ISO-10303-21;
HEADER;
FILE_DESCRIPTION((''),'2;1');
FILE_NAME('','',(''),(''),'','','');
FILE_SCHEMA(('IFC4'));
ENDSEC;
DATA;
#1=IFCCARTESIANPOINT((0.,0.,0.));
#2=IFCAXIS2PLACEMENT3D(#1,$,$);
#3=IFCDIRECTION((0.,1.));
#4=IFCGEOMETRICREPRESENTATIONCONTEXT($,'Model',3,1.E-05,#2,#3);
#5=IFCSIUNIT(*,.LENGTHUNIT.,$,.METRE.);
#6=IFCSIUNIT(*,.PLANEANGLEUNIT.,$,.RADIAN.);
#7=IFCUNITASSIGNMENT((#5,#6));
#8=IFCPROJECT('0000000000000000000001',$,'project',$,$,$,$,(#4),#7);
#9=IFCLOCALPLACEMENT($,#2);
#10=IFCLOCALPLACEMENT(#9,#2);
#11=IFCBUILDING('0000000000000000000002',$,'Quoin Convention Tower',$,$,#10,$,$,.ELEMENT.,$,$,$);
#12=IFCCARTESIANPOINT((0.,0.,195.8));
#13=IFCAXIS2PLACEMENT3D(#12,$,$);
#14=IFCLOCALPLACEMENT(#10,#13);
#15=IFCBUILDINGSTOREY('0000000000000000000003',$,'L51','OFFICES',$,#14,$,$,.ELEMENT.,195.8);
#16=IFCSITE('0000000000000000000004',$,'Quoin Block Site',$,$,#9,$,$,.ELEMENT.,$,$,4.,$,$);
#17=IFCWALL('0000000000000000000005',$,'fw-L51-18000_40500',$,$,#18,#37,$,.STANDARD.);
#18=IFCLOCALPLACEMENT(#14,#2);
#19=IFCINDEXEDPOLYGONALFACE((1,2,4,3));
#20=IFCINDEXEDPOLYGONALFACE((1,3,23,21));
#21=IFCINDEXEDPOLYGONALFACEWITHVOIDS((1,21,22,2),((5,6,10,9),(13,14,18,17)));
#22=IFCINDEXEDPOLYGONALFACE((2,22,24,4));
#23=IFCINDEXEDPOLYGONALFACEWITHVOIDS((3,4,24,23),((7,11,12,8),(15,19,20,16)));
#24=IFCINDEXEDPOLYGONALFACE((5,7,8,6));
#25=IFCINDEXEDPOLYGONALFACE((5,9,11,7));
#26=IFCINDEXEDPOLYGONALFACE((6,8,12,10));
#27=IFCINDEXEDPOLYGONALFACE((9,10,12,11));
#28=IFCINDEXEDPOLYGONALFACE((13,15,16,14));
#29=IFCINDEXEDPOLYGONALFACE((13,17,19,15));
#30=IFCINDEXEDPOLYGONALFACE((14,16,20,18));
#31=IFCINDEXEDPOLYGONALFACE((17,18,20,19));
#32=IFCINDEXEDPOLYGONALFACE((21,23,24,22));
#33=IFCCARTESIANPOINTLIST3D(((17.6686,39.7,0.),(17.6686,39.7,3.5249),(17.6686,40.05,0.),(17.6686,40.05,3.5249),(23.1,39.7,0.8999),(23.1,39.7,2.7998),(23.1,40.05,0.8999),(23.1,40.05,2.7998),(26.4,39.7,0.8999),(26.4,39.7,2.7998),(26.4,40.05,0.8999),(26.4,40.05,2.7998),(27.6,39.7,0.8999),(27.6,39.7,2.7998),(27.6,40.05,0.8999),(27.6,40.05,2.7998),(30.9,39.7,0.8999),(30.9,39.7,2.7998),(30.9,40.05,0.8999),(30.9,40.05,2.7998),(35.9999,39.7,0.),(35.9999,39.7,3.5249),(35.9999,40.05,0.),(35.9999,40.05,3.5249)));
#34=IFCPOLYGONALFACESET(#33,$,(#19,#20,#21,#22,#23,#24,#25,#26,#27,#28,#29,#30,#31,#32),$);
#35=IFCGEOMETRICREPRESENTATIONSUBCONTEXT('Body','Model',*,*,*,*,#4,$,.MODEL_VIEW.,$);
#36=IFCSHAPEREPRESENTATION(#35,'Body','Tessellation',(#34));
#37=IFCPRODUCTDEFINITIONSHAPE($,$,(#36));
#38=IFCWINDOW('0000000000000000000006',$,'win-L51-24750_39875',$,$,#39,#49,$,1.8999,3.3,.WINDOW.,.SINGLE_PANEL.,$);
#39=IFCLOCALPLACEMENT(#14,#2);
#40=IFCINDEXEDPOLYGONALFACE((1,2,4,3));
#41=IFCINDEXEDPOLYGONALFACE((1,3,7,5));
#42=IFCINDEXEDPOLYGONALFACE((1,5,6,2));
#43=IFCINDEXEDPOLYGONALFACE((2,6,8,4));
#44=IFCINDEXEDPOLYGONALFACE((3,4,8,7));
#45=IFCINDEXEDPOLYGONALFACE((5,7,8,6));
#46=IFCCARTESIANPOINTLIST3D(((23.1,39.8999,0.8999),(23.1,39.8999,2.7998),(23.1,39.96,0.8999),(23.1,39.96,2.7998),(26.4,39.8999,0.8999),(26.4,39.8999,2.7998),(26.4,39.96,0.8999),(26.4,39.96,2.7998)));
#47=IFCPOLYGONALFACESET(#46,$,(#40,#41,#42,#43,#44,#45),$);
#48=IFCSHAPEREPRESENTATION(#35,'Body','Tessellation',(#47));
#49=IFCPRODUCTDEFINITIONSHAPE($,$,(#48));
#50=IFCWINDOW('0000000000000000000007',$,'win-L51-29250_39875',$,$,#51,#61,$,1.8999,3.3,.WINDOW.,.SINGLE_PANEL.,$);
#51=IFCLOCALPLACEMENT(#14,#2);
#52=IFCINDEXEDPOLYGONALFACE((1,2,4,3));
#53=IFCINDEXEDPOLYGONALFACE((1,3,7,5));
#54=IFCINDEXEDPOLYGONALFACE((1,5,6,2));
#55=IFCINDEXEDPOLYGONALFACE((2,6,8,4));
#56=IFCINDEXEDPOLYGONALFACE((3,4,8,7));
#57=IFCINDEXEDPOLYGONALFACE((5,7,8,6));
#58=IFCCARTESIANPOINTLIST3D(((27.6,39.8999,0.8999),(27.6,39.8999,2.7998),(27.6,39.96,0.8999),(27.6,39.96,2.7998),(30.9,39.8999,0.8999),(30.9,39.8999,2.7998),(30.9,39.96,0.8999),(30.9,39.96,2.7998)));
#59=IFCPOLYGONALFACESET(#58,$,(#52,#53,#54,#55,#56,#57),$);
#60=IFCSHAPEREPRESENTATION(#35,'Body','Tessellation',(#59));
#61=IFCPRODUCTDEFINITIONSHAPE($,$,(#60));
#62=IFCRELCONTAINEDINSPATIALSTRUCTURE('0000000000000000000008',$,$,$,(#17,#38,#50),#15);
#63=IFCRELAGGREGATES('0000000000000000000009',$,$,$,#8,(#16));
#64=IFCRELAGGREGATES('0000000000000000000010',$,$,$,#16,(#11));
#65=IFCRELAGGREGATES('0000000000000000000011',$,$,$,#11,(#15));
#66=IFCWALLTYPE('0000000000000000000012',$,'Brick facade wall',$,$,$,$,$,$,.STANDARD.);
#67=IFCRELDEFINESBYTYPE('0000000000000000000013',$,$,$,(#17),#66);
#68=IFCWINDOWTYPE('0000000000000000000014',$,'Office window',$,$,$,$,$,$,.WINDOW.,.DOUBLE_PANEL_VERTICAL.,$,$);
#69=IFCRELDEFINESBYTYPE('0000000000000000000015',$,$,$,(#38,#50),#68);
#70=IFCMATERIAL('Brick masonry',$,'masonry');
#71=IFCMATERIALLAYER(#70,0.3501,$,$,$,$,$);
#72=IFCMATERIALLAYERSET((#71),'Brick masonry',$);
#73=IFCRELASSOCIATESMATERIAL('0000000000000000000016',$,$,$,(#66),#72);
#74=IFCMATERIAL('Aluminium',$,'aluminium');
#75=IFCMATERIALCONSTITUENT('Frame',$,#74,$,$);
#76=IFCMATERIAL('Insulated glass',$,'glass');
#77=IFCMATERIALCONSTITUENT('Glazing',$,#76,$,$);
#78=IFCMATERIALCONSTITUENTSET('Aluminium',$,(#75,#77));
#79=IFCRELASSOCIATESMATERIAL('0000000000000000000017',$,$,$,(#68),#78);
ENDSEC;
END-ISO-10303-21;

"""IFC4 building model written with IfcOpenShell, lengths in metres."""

from ifc_helpers import new_model, si_unit, direction, frame, frame_2d, origin, place, context, subcontext, project, spatial, rectangle, extrude, material, layer, layer_set, constituent, constituent_set, type_object, element, fill, save


model = new_model("IFC4")

# Units and contexts
model_context = context("Model", 3, precision=1e-05, world=origin(), true_north=direction((0.0, 1.0)))
body_context = subcontext(model_context, "Body", "Model", "MODEL_VIEW")
ifc_project = project(units=[si_unit("LENGTHUNIT", "METRE"), si_unit("PLANEANGLEUNIT", "RADIAN")], contexts=[model_context])

# Site, building, storey
site_placement = place(None, origin())
site = spatial("IfcSite", under=ifc_project, at=site_placement, Name="Quoin Block Site", CompositionType="ELEMENT", RefElevation=4.0)
building_placement = place(site_placement, origin())
building = spatial("IfcBuilding", under=site, at=building_placement, Name="Quoin Convention Tower", CompositionType="ELEMENT")
storey_placement = place(building_placement, frame((0.0, 0.0, 195.8)))
storey = spatial("IfcBuildingStorey", under=building, at=storey_placement, Name="L51", Description="OFFICES", CompositionType="ELEMENT", Elevation=195.8)

# Wall, openings, windows
ifc_material_1 = material(Name="Brick masonry", Category="masonry")
ifc_layer_1 = layer(ifc_material_1, 0.3501)
ifc_layer_set_1 = layer_set([ifc_layer_1], Name="Brick masonry")
wall_type = type_object("IfcWallType", Name="Brick facade wall", PredefinedType="STANDARD", material=ifc_layer_set_1)
ifc_material_2 = material(Name="Aluminium", Category="aluminium")
ifc_constituent_1 = constituent(ifc_material_2, Name="Frame")
ifc_material_3 = material(Name="Insulated glass", Category="glass")
ifc_constituent_2 = constituent(ifc_material_3, Name="Glazing")
ifc_constituent_set = constituent_set(constituents=[ifc_constituent_1, ifc_constituent_2], Name="Aluminium")
window_type = type_object("IfcWindowType", Name="Office window", PartitioningType="DOUBLE_PANEL_VERTICAL", PredefinedType="WINDOW", material=ifc_constituent_set)
wall_1_placement = place(storey_placement, frame((17.6687, 39.875, 0.0), z_axis=(0.0, 0.0, 1.0), x_axis=(1.0, 0.0, 0.0)))
wall_1 = element("IfcWall", 1, at=wall_1_placement, inside=storey, type_object=wall_type, Name="fw-L51-18000_40500", PredefinedType="STANDARD", context=body_context, shape_type="SweptSolid", body=[
    extrude(rectangle(XDim=18.3313, YDim=0.3501, at=frame_2d((9.1655, 0.0))), origin(), (0.0, 0.0, 1.0), 3.5249),
])
opening_1_placement = place(wall_1_placement, frame((5.4314, 0.0, 0.8999)))
opening_1 = element("IfcOpeningElement", 2, at=opening_1_placement, cuts=wall_1, PredefinedType="OPENING", context=body_context, shape_type="SweptSolid", body=[
    extrude(rectangle(XDim=3.3, YDim=1.8999, at=frame_2d((1.6499, 0.95))), frame((0.0, 0.1851, 0.0), z_axis=(0.0, -1.0, 0.0), x_axis=(1.0, 0.0, 0.0)), (0.0, 0.0, 1.0), 0.3701),
])
opening_2_placement = place(wall_1_placement, frame((9.9314, 0.0, 0.8999)))
opening_2 = element("IfcOpeningElement", 3, at=opening_2_placement, cuts=wall_1, PredefinedType="OPENING", context=body_context, shape_type="SweptSolid", body=[
    extrude(rectangle(XDim=3.3, YDim=1.8999, at=frame_2d((1.6499, 0.95))), frame((0.0, 0.1851, 0.0), z_axis=(0.0, -1.0, 0.0), x_axis=(1.0, 0.0, 0.0)), (0.0, 0.0, 1.0), 0.3701),
])
window_1_placement = place(opening_1_placement, origin())
window_1 = element("IfcWindow", 4, at=window_1_placement, inside=storey, type_object=window_type, Name="win-L51-24750_39875", OverallHeight=1.8999, OverallWidth=3.3, PartitioningType="SINGLE_PANEL", PredefinedType="WINDOW", context=body_context, shape_type="SweptSolid", body=[
    extrude(rectangle(XDim=3.3, YDim=1.8999, at=frame_2d((1.6499, 0.95))), frame((0.0, 0.085, 0.0), z_axis=(0.0, -1.0, 0.0), x_axis=(1.0, 0.0, 0.0)), (0.0, 0.0, 1.0), 0.0601),
])
fill(opening_1, window_1)
window_2_placement = place(opening_2_placement, origin())
window_2 = element("IfcWindow", 5, at=window_2_placement, inside=storey, type_object=window_type, Name="win-L51-29250_39875", OverallHeight=1.8999, OverallWidth=3.3, PartitioningType="SINGLE_PANEL", PredefinedType="WINDOW", context=body_context, shape_type="SweptSolid", body=[
    extrude(rectangle(XDim=3.3, YDim=1.8999, at=frame_2d((1.6499, 0.95))), frame((0.0, 0.085, 0.0), z_axis=(0.0, -1.0, 0.0), x_axis=(1.0, 0.0, 0.0)), (0.0, 0.0, 1.0), 0.0601),
])
fill(opening_2, window_2)

save(model, "model.ifc")
